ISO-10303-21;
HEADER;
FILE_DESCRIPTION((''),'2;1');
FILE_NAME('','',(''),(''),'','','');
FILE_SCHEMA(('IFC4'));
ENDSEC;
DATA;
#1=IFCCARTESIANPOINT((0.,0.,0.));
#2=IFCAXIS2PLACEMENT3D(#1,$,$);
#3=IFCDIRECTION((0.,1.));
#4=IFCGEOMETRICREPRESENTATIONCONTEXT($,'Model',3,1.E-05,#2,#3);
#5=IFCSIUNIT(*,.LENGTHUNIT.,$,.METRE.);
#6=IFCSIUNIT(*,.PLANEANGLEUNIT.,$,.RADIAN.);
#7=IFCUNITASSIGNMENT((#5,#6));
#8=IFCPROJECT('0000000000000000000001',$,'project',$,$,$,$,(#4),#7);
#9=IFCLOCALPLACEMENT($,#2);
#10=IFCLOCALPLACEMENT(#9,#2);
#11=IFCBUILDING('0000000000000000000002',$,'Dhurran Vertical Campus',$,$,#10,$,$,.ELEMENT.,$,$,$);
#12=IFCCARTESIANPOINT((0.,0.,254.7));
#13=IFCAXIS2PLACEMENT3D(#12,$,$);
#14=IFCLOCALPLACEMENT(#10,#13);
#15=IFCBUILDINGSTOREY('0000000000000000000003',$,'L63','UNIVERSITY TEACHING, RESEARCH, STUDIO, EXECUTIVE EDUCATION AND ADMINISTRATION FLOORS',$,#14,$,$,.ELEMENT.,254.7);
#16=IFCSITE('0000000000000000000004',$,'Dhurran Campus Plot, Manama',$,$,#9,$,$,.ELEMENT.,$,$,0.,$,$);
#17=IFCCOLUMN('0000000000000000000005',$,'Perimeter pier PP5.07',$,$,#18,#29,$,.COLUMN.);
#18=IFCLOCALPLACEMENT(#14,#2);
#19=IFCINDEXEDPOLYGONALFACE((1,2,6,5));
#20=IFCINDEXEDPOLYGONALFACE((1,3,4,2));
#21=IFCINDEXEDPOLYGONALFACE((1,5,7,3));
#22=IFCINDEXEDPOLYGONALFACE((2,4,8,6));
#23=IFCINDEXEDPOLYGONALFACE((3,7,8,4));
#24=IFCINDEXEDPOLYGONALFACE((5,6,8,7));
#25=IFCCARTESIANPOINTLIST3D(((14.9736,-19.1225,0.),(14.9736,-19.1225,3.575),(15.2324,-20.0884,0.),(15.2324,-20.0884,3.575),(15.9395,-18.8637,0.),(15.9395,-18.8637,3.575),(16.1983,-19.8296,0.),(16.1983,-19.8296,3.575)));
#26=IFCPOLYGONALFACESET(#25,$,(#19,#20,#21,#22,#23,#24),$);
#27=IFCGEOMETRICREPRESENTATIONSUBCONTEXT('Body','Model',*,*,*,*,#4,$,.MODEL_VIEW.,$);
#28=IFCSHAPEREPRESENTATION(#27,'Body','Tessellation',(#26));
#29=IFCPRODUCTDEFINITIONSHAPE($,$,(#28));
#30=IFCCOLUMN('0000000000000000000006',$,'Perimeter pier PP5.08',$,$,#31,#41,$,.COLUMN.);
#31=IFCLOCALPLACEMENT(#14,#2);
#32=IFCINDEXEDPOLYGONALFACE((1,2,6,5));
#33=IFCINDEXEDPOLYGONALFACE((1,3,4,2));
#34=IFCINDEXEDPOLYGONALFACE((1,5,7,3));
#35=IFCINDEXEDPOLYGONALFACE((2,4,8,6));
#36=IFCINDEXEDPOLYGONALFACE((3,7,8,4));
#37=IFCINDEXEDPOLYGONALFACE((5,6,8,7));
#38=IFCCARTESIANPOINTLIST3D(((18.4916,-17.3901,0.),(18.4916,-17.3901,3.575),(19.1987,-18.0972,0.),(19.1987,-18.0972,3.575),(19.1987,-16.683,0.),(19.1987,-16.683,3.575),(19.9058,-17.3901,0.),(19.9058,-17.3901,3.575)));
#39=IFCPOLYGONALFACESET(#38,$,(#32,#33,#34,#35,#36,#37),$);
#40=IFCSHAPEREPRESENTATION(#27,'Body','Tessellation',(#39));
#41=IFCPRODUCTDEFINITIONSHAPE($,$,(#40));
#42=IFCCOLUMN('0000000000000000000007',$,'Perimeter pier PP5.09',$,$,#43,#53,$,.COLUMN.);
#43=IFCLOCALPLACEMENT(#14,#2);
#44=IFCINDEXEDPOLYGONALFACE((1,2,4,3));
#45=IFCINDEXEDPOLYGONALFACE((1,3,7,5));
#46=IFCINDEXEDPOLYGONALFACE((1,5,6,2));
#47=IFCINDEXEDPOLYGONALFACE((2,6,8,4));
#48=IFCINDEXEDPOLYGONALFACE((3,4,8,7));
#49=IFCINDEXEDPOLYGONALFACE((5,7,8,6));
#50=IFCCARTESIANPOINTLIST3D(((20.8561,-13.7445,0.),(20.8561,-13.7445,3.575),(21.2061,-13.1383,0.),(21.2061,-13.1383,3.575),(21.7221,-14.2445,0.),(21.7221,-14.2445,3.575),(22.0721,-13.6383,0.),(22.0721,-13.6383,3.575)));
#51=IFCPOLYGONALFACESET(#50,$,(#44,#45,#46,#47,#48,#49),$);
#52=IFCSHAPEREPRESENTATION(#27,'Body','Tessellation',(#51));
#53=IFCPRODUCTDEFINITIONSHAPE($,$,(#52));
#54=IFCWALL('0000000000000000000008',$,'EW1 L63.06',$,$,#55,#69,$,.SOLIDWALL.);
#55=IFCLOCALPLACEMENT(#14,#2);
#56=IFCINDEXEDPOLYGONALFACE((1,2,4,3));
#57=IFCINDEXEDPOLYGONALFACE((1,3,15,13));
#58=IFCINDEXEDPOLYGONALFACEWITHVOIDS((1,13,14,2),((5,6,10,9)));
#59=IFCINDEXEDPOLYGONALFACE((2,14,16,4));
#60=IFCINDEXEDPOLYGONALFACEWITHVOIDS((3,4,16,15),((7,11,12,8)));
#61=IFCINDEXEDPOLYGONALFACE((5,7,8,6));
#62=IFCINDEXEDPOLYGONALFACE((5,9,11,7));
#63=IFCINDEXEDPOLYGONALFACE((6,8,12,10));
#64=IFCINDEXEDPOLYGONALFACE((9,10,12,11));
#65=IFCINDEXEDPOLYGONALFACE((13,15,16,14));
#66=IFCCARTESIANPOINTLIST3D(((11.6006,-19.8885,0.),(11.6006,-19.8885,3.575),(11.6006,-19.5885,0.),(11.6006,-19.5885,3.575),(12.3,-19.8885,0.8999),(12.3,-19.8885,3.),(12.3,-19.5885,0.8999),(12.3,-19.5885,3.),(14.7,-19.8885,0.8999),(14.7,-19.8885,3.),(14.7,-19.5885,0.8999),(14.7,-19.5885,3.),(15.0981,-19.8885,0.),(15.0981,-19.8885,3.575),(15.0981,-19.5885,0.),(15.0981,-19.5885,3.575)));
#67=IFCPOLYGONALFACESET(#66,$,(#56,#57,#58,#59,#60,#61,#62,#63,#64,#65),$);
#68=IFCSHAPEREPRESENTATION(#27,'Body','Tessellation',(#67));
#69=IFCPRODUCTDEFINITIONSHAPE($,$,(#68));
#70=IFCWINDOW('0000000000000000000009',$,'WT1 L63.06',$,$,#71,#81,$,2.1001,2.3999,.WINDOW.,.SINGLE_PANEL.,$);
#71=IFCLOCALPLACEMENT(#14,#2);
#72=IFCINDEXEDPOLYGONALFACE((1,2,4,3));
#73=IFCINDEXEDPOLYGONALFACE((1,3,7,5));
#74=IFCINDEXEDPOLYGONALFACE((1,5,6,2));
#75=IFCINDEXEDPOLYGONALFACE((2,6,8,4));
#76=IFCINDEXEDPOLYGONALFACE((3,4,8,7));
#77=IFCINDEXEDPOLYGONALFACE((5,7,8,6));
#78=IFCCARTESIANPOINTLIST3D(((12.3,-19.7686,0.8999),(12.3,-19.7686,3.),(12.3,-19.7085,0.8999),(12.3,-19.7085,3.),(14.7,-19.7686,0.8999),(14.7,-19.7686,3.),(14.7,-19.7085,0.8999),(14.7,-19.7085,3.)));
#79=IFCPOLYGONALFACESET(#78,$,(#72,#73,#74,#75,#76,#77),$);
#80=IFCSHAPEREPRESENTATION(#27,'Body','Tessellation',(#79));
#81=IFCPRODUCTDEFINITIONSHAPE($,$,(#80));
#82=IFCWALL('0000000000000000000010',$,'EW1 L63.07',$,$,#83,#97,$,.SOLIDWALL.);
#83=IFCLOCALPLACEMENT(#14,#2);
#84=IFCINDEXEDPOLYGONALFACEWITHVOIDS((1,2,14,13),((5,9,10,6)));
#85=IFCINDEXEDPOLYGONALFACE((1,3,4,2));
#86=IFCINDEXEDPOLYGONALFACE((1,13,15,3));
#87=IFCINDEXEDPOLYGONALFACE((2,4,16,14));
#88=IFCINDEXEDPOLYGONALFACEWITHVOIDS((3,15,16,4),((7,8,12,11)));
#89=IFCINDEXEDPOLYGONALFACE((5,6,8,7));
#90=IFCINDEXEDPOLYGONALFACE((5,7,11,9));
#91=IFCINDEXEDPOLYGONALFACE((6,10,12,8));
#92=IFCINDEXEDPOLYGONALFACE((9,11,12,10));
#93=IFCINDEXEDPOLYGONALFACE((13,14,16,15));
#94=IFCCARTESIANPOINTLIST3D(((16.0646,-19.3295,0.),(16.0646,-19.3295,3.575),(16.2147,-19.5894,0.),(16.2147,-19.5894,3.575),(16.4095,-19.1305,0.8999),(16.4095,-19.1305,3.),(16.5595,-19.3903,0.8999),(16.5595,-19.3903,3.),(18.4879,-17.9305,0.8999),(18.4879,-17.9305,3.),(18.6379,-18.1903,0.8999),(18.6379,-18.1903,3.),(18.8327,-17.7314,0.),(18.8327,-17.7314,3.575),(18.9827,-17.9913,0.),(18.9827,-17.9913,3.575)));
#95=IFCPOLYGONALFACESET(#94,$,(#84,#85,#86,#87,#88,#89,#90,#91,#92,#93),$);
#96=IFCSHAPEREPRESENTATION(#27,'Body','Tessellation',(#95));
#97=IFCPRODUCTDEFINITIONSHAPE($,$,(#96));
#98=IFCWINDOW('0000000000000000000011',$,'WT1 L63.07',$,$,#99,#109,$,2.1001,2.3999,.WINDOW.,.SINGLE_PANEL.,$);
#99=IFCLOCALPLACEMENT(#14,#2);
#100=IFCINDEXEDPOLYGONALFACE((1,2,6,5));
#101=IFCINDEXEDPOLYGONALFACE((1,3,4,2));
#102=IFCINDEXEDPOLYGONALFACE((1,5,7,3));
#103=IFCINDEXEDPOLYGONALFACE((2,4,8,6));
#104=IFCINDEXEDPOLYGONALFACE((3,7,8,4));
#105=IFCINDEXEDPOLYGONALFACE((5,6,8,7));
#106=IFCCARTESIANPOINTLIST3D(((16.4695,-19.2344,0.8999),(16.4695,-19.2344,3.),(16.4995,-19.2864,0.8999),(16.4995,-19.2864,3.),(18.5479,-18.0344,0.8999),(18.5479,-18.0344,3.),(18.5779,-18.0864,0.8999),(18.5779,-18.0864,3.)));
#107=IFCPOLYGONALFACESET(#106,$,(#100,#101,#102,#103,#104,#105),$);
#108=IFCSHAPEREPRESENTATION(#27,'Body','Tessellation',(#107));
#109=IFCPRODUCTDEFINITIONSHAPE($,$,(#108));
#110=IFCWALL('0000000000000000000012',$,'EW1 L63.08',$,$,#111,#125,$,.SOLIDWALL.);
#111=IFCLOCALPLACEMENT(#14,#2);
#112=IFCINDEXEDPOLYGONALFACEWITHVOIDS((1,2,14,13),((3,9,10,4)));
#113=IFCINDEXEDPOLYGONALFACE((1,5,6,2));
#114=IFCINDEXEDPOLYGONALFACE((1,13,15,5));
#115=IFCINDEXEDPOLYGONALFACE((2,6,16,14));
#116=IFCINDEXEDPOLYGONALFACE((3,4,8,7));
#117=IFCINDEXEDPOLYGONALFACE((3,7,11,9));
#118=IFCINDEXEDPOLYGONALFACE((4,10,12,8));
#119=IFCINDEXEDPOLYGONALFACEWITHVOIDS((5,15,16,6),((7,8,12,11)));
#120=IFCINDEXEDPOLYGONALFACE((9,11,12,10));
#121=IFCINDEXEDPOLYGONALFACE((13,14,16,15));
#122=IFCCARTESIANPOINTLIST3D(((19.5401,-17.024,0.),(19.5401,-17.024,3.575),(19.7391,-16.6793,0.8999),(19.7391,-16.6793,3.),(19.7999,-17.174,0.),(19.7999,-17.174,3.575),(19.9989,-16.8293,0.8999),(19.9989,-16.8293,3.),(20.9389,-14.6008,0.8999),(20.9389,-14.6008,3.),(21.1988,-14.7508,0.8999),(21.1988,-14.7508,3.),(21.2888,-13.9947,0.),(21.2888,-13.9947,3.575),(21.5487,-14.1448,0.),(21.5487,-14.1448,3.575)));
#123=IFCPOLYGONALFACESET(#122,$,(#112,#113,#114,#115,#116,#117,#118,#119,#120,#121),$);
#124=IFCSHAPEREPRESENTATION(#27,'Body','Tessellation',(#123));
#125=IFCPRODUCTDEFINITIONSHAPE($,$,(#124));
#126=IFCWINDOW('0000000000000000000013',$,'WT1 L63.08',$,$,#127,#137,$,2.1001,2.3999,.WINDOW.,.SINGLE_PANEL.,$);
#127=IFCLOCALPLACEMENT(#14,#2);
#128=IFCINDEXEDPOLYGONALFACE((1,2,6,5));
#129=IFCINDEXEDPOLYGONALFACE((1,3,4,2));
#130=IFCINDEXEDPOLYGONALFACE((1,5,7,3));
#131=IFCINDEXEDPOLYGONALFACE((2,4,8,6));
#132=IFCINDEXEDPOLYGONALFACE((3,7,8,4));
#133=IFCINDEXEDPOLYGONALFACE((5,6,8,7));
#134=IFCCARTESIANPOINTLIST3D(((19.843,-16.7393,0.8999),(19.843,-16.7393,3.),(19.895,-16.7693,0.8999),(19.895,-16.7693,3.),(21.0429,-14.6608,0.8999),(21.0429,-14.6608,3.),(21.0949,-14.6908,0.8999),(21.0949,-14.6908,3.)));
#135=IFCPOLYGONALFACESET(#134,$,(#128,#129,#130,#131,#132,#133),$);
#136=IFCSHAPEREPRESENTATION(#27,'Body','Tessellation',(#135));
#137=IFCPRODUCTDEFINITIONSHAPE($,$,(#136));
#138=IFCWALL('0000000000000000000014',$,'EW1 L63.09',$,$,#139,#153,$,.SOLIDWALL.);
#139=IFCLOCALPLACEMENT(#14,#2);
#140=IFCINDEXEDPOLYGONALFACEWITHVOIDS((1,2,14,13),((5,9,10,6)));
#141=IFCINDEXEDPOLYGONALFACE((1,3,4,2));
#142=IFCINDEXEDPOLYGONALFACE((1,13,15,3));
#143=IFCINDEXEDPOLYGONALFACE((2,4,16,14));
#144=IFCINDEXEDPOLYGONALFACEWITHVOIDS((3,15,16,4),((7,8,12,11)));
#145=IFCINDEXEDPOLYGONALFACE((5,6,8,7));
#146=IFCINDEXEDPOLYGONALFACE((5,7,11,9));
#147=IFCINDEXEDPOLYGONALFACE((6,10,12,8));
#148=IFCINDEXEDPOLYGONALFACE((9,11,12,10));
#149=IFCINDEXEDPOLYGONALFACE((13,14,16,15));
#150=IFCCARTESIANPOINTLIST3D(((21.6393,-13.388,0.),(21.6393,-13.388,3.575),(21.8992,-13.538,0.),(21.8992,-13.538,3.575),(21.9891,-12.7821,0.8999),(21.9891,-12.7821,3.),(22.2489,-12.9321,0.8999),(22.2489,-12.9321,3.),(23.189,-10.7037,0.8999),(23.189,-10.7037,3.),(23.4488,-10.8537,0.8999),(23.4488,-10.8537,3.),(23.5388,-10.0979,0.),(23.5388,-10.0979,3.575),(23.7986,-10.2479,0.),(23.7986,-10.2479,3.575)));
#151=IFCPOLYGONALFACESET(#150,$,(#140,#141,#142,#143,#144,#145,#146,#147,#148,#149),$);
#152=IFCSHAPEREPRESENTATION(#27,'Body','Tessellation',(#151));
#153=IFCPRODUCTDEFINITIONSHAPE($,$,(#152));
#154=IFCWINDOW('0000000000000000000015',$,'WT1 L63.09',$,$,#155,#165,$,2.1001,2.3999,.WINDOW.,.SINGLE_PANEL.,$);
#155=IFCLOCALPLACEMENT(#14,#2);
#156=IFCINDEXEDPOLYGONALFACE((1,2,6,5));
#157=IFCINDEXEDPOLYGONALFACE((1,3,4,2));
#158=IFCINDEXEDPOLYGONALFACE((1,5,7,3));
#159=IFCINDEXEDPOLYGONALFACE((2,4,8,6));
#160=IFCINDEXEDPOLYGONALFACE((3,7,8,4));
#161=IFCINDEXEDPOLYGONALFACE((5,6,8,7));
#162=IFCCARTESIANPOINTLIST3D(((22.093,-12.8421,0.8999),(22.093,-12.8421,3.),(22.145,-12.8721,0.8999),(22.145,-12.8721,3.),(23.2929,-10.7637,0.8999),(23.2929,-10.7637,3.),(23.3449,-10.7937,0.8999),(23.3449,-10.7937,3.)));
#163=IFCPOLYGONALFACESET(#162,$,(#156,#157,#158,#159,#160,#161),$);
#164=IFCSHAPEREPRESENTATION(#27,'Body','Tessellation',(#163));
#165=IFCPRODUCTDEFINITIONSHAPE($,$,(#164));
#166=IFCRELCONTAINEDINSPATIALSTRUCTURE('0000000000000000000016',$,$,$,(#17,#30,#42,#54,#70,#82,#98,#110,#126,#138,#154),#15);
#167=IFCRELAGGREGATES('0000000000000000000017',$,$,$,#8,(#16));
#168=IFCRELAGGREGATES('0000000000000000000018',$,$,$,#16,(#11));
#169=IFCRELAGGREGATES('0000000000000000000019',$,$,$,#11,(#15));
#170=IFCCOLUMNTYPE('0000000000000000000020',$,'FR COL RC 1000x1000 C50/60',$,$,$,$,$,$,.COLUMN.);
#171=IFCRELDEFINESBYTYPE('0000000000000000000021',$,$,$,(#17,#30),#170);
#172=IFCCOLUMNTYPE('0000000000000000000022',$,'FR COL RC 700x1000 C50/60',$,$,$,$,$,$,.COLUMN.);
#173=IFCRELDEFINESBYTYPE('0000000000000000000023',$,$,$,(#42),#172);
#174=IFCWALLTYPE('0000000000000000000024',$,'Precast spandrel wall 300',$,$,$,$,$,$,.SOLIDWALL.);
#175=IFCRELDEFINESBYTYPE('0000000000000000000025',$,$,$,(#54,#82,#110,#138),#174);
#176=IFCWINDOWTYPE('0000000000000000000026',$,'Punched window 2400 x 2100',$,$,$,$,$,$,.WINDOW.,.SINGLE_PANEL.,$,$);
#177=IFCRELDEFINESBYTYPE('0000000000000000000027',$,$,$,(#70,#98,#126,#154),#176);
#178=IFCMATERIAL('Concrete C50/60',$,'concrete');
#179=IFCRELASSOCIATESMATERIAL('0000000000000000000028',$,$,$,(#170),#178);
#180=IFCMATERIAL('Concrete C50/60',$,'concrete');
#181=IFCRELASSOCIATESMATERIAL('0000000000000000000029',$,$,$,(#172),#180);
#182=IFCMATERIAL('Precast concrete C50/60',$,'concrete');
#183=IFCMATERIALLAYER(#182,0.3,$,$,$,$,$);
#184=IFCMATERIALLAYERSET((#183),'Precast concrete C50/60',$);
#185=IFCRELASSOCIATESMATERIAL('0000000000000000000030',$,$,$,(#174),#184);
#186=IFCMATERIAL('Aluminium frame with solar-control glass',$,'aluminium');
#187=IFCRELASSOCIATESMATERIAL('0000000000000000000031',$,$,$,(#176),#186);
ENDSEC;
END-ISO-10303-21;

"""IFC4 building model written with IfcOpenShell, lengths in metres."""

from ifc_helpers import new_model, si_unit, direction, frame, frame_2d, origin, origin_2d, place, context, subcontext, project, spatial, rectangle, extrude, material, layer, layer_set, material_profile, profile_set, type_object, element, fill, save


model = new_model("IFC4")

# Units and contexts
model_context = context("Model", 3, precision=1e-05, world=origin(), true_north=direction((0.0, 1.0)))
body_context = subcontext(model_context, "Body", "Model", "MODEL_VIEW")
ifc_project = project(units=[si_unit("LENGTHUNIT", "METRE"), si_unit("PLANEANGLEUNIT", "RADIAN")], contexts=[model_context])

# Site, building, storey
site_placement = place(None, origin())
site = spatial("IfcSite", under=ifc_project, at=site_placement, Name="Dhurran Campus Plot, Manama", CompositionType="ELEMENT", RefElevation=0.0)
building_placement = place(site_placement, origin())
building = spatial("IfcBuilding", under=site, at=building_placement, Name="Dhurran Vertical Campus", CompositionType="ELEMENT")
storey_placement = place(building_placement, frame((0.0, 0.0, 254.7)))
storey = spatial("IfcBuildingStorey", under=building, at=storey_placement, Name="L63", Description="UNIVERSITY TEACHING, RESEARCH, STUDIO, EXECUTIVE EDUCATION AND ADMINISTRATION FLOORS", CompositionType="ELEMENT", Elevation=254.7)

# Columns
ifc_material_1 = material(Name="Concrete C50/60", Category="concrete")
ifc_material_profile_1 = material_profile(ifc_material_1, rectangle(XDim=1.0, YDim=1.0, at=origin_2d()), Name="RC 1000x1000")
ifc_profile_set_1 = profile_set([ifc_material_profile_1], Name="Concrete C50/60")
column_type_1 = type_object("IfcColumnType", Name="FR COL RC 1000x1000 C50/60", PredefinedType="COLUMN", material=ifc_profile_set_1)
for number, where, z_axis, x_axis, name in (
    (1, (15.5859, -19.4761, 0.0), (0.0, 0.0, 1.0), (0.965926, 0.258819, 0.0), "Perimeter pier PP5.07"),
    (2, (19.1987, -17.3901, 0.0), (0.0, 0.0, 1.0), (0.707107, 0.707107, 0.0), "Perimeter pier PP5.08"),
):
    element("IfcColumn", number, at=place(storey_placement, frame(where, z_axis=z_axis, x_axis=x_axis)), inside=storey, type_object=column_type_1, Name=name, PredefinedType="COLUMN", context=body_context, shape_type="SweptSolid", body=[
        extrude(rectangle(XDim=1.0, YDim=1.0, at=origin_2d()), origin(), (0.0, 0.0, 1.0), 3.575),
    ])
ifc_material_2 = material(Name="Concrete C50/60", Category="concrete")
ifc_material_profile_2 = material_profile(ifc_material_2, rectangle(XDim=0.7, YDim=1.0, at=origin_2d()), Name="RC 700x1000")
ifc_profile_set_2 = profile_set([ifc_material_profile_2], Name="Concrete C50/60")
column_type_2 = type_object("IfcColumnType", Name="FR COL RC 700x1000 C50/60", PredefinedType="COLUMN", material=ifc_profile_set_2)
column_placement = place(storey_placement, frame((21.4641, -13.6914, 0.0), z_axis=(0.0, 0.0, 1.0), x_axis=(0.5, 0.866025, 0.0)))
element("IfcColumn", 3, at=column_placement, inside=storey, type_object=column_type_2, Name="Perimeter pier PP5.09", PredefinedType="COLUMN", context=body_context, shape_type="SweptSolid", body=[
    extrude(rectangle(XDim=0.7, YDim=1.0, at=origin_2d()), origin(), (0.0, 0.0, 1.0), 3.575),
])

# Walls, openings, windows
ifc_material_3 = material(Name="Precast concrete C50/60", Category="concrete")
ifc_layer_1 = layer(ifc_material_3, 0.3)
ifc_layer_set_1 = layer_set([ifc_layer_1], Name="Precast concrete C50/60")
wall_type_1 = type_object("IfcWallType", Name="Precast spandrel wall 300", PredefinedType="SOLIDWALL", material=ifc_layer_set_1)
wall_1_placement = place(storey_placement, frame((11.6006, -19.7385, 0.0), z_axis=(0.0, 0.0, 1.0), x_axis=(1.0, 0.0, 0.0)))
wall_1 = element("IfcWall", 4, at=wall_1_placement, inside=storey, type_object=wall_type_1, Name="EW1 L63.06", PredefinedType="SOLIDWALL", context=body_context, shape_type="SweptSolid", body=[
    extrude(rectangle(XDim=3.4976, YDim=0.3, at=frame_2d((1.7488, 0.0))), origin(), (0.0, 0.0, 1.0), 3.575),
])
opening_1_placement = place(wall_1_placement, frame((0.6995, 0.0, 0.8999)))
opening_1 = element("IfcOpeningElement", 5, at=opening_1_placement, cuts=wall_1, PredefinedType="OPENING", context=body_context, shape_type="SweptSolid", body=[
    extrude(rectangle(XDim=2.3999, YDim=2.1001, at=frame_2d((1.2, 1.05))), frame((0.0, 0.1599, 0.0), z_axis=(0.0, -1.0, 0.0), x_axis=(1.0, 0.0, 0.0)), (0.0, 0.0, 1.0), 0.3201),
])
ifc_material_4 = material(Name="Aluminium frame with solar-control glass", Category="aluminium")
window_type = type_object("IfcWindowType", Name="Punched window 2400 x 2100", PartitioningType="SINGLE_PANEL", PredefinedType="WINDOW", material=ifc_material_4)
window_1_placement = place(opening_1_placement, origin())
window_1 = element("IfcWindow", 6, at=window_1_placement, inside=storey, type_object=window_type, Name="WT1 L63.06", OverallHeight=2.1001, OverallWidth=2.3999, PartitioningType="SINGLE_PANEL", PredefinedType="WINDOW", context=body_context, shape_type="SweptSolid", body=[
    extrude(rectangle(XDim=2.3999, YDim=2.1001, at=frame_2d((1.2, 1.05))), frame((0.0, 0.03, 0.0), z_axis=(0.0, -1.0, 0.0), x_axis=(1.0, 0.0, 0.0)), (0.0, 0.0, 1.0), 0.0601),
])
fill(opening_1, window_1)
wall_2_placement = place(storey_placement, frame((16.1396, -19.4595, 0.0), z_axis=(0.0, 0.0, 1.0), x_axis=(0.866025, 0.5, 0.0)))
wall_2 = element("IfcWall", 7, at=wall_2_placement, inside=storey, type_object=wall_type_1, Name="EW1 L63.07", PredefinedType="SOLIDWALL", context=body_context, shape_type="SweptSolid", body=[
    extrude(rectangle(XDim=3.1963, YDim=0.3, at=frame_2d((1.5981, 0.0))), origin(), (0.0, 0.0, 1.0), 3.575),
])
opening_2_placement = place(wall_2_placement, frame((0.3982, 0.0, 0.8999)))
opening_2 = element("IfcOpeningElement", 8, at=opening_2_placement, cuts=wall_2, PredefinedType="OPENING", context=body_context, shape_type="SweptSolid", body=[
    extrude(rectangle(XDim=2.3999, YDim=2.1001, at=frame_2d((1.2, 1.05))), frame((0.0, 0.1599, 0.0), z_axis=(0.0, -1.0, 0.0), x_axis=(1.0, 0.0, 0.0)), (0.0, 0.0, 1.0), 0.3201),
])
window_2_placement = place(opening_2_placement, origin())
window_2 = element("IfcWindow", 9, at=window_2_placement, inside=storey, type_object=window_type, Name="WT1 L63.07", OverallHeight=2.1001, OverallWidth=2.3999, PartitioningType="SINGLE_PANEL", PredefinedType="WINDOW", context=body_context, shape_type="SweptSolid", body=[
    extrude(rectangle(XDim=2.3999, YDim=2.1001, at=frame_2d((1.2, 1.05))), frame((0.0, 0.03, 0.0), z_axis=(0.0, -1.0, 0.0), x_axis=(1.0, 0.0, 0.0)), (0.0, 0.0, 1.0), 0.0601),
])
fill(opening_2, window_2)
wall_3_placement = place(storey_placement, frame((19.6699, -17.0991, 0.0), z_axis=(0.0, 0.0, 1.0), x_axis=(0.49996, 0.866048, 0.0)))
wall_3 = element("IfcWall", 10, at=wall_3_placement, inside=storey, type_object=wall_type_1, Name="EW1 L63.08", PredefinedType="SOLIDWALL", context=body_context, shape_type="SweptSolid", body=[
    extrude(rectangle(XDim=3.4978, YDim=0.3, at=frame_2d((1.749, 0.0))), origin(), (0.0, 0.0, 1.0), 3.575),
])
opening_3_placement = place(wall_3_placement, frame((0.3982, 0.0, 0.8999)))
opening_3 = element("IfcOpeningElement", 11, at=opening_3_placement, cuts=wall_3, PredefinedType="OPENING", context=body_context, shape_type="SweptSolid", body=[
    extrude(rectangle(XDim=2.3999, YDim=2.1001, at=frame_2d((1.2, 1.05))), frame((0.0, 0.1599, 0.0), z_axis=(0.0, -1.0, 0.0), x_axis=(1.0, 0.0, 0.0)), (0.0, 0.0, 1.0), 0.3201),
])
window_3_placement = place(opening_3_placement, origin())
window_3 = element("IfcWindow", 12, at=window_3_placement, inside=storey, type_object=window_type, Name="WT1 L63.08", OverallHeight=2.1001, OverallWidth=2.3999, PartitioningType="SINGLE_PANEL", PredefinedType="WINDOW", context=body_context, shape_type="SweptSolid", body=[
    extrude(rectangle(XDim=2.3999, YDim=2.1001, at=frame_2d((1.2, 1.05))), frame((0.0, 0.03, 0.0), z_axis=(0.0, -1.0, 0.0), x_axis=(1.0, 0.0, 0.0)), (0.0, 0.0, 1.0), 0.0601),
])
fill(opening_3, window_3)
wall_4_placement = place(storey_placement, frame((21.7693, -13.4629, 0.0), z_axis=(0.0, 0.0, 1.0), x_axis=(0.499982, 0.866036, 0.0)))
wall_4 = element("IfcWall", 13, at=wall_4_placement, inside=storey, type_object=wall_type_1, Name="EW1 L63.09", PredefinedType="SOLIDWALL", context=body_context, shape_type="SweptSolid", body=[
    extrude(rectangle(XDim=3.7991, YDim=0.3, at=frame_2d((1.8994, 0.0))), origin(), (0.0, 0.0, 1.0), 3.575),
])
opening_4_placement = place(wall_4_placement, frame((0.6995, 0.0, 0.8999)))
opening_4 = element("IfcOpeningElement", 14, at=opening_4_placement, cuts=wall_4, PredefinedType="OPENING", context=body_context, shape_type="SweptSolid", body=[
    extrude(rectangle(XDim=2.3999, YDim=2.1001, at=frame_2d((1.2, 1.05))), frame((0.0, 0.1599, 0.0), z_axis=(0.0, -1.0, 0.0), x_axis=(1.0, 0.0, 0.0)), (0.0, 0.0, 1.0), 0.3201),
])
window_4_placement = place(opening_4_placement, origin())
window_4 = element("IfcWindow", 15, at=window_4_placement, inside=storey, type_object=window_type, Name="WT1 L63.09", OverallHeight=2.1001, OverallWidth=2.3999, PartitioningType="SINGLE_PANEL", PredefinedType="WINDOW", context=body_context, shape_type="SweptSolid", body=[
    extrude(rectangle(XDim=2.3999, YDim=2.1001, at=frame_2d((1.2, 1.05))), frame((0.0, 0.03, 0.0), z_axis=(0.0, -1.0, 0.0), x_axis=(1.0, 0.0, 0.0)), (0.0, 0.0, 1.0), 0.0601),
])
fill(opening_4, window_4)

save(model, "model.ifc")
